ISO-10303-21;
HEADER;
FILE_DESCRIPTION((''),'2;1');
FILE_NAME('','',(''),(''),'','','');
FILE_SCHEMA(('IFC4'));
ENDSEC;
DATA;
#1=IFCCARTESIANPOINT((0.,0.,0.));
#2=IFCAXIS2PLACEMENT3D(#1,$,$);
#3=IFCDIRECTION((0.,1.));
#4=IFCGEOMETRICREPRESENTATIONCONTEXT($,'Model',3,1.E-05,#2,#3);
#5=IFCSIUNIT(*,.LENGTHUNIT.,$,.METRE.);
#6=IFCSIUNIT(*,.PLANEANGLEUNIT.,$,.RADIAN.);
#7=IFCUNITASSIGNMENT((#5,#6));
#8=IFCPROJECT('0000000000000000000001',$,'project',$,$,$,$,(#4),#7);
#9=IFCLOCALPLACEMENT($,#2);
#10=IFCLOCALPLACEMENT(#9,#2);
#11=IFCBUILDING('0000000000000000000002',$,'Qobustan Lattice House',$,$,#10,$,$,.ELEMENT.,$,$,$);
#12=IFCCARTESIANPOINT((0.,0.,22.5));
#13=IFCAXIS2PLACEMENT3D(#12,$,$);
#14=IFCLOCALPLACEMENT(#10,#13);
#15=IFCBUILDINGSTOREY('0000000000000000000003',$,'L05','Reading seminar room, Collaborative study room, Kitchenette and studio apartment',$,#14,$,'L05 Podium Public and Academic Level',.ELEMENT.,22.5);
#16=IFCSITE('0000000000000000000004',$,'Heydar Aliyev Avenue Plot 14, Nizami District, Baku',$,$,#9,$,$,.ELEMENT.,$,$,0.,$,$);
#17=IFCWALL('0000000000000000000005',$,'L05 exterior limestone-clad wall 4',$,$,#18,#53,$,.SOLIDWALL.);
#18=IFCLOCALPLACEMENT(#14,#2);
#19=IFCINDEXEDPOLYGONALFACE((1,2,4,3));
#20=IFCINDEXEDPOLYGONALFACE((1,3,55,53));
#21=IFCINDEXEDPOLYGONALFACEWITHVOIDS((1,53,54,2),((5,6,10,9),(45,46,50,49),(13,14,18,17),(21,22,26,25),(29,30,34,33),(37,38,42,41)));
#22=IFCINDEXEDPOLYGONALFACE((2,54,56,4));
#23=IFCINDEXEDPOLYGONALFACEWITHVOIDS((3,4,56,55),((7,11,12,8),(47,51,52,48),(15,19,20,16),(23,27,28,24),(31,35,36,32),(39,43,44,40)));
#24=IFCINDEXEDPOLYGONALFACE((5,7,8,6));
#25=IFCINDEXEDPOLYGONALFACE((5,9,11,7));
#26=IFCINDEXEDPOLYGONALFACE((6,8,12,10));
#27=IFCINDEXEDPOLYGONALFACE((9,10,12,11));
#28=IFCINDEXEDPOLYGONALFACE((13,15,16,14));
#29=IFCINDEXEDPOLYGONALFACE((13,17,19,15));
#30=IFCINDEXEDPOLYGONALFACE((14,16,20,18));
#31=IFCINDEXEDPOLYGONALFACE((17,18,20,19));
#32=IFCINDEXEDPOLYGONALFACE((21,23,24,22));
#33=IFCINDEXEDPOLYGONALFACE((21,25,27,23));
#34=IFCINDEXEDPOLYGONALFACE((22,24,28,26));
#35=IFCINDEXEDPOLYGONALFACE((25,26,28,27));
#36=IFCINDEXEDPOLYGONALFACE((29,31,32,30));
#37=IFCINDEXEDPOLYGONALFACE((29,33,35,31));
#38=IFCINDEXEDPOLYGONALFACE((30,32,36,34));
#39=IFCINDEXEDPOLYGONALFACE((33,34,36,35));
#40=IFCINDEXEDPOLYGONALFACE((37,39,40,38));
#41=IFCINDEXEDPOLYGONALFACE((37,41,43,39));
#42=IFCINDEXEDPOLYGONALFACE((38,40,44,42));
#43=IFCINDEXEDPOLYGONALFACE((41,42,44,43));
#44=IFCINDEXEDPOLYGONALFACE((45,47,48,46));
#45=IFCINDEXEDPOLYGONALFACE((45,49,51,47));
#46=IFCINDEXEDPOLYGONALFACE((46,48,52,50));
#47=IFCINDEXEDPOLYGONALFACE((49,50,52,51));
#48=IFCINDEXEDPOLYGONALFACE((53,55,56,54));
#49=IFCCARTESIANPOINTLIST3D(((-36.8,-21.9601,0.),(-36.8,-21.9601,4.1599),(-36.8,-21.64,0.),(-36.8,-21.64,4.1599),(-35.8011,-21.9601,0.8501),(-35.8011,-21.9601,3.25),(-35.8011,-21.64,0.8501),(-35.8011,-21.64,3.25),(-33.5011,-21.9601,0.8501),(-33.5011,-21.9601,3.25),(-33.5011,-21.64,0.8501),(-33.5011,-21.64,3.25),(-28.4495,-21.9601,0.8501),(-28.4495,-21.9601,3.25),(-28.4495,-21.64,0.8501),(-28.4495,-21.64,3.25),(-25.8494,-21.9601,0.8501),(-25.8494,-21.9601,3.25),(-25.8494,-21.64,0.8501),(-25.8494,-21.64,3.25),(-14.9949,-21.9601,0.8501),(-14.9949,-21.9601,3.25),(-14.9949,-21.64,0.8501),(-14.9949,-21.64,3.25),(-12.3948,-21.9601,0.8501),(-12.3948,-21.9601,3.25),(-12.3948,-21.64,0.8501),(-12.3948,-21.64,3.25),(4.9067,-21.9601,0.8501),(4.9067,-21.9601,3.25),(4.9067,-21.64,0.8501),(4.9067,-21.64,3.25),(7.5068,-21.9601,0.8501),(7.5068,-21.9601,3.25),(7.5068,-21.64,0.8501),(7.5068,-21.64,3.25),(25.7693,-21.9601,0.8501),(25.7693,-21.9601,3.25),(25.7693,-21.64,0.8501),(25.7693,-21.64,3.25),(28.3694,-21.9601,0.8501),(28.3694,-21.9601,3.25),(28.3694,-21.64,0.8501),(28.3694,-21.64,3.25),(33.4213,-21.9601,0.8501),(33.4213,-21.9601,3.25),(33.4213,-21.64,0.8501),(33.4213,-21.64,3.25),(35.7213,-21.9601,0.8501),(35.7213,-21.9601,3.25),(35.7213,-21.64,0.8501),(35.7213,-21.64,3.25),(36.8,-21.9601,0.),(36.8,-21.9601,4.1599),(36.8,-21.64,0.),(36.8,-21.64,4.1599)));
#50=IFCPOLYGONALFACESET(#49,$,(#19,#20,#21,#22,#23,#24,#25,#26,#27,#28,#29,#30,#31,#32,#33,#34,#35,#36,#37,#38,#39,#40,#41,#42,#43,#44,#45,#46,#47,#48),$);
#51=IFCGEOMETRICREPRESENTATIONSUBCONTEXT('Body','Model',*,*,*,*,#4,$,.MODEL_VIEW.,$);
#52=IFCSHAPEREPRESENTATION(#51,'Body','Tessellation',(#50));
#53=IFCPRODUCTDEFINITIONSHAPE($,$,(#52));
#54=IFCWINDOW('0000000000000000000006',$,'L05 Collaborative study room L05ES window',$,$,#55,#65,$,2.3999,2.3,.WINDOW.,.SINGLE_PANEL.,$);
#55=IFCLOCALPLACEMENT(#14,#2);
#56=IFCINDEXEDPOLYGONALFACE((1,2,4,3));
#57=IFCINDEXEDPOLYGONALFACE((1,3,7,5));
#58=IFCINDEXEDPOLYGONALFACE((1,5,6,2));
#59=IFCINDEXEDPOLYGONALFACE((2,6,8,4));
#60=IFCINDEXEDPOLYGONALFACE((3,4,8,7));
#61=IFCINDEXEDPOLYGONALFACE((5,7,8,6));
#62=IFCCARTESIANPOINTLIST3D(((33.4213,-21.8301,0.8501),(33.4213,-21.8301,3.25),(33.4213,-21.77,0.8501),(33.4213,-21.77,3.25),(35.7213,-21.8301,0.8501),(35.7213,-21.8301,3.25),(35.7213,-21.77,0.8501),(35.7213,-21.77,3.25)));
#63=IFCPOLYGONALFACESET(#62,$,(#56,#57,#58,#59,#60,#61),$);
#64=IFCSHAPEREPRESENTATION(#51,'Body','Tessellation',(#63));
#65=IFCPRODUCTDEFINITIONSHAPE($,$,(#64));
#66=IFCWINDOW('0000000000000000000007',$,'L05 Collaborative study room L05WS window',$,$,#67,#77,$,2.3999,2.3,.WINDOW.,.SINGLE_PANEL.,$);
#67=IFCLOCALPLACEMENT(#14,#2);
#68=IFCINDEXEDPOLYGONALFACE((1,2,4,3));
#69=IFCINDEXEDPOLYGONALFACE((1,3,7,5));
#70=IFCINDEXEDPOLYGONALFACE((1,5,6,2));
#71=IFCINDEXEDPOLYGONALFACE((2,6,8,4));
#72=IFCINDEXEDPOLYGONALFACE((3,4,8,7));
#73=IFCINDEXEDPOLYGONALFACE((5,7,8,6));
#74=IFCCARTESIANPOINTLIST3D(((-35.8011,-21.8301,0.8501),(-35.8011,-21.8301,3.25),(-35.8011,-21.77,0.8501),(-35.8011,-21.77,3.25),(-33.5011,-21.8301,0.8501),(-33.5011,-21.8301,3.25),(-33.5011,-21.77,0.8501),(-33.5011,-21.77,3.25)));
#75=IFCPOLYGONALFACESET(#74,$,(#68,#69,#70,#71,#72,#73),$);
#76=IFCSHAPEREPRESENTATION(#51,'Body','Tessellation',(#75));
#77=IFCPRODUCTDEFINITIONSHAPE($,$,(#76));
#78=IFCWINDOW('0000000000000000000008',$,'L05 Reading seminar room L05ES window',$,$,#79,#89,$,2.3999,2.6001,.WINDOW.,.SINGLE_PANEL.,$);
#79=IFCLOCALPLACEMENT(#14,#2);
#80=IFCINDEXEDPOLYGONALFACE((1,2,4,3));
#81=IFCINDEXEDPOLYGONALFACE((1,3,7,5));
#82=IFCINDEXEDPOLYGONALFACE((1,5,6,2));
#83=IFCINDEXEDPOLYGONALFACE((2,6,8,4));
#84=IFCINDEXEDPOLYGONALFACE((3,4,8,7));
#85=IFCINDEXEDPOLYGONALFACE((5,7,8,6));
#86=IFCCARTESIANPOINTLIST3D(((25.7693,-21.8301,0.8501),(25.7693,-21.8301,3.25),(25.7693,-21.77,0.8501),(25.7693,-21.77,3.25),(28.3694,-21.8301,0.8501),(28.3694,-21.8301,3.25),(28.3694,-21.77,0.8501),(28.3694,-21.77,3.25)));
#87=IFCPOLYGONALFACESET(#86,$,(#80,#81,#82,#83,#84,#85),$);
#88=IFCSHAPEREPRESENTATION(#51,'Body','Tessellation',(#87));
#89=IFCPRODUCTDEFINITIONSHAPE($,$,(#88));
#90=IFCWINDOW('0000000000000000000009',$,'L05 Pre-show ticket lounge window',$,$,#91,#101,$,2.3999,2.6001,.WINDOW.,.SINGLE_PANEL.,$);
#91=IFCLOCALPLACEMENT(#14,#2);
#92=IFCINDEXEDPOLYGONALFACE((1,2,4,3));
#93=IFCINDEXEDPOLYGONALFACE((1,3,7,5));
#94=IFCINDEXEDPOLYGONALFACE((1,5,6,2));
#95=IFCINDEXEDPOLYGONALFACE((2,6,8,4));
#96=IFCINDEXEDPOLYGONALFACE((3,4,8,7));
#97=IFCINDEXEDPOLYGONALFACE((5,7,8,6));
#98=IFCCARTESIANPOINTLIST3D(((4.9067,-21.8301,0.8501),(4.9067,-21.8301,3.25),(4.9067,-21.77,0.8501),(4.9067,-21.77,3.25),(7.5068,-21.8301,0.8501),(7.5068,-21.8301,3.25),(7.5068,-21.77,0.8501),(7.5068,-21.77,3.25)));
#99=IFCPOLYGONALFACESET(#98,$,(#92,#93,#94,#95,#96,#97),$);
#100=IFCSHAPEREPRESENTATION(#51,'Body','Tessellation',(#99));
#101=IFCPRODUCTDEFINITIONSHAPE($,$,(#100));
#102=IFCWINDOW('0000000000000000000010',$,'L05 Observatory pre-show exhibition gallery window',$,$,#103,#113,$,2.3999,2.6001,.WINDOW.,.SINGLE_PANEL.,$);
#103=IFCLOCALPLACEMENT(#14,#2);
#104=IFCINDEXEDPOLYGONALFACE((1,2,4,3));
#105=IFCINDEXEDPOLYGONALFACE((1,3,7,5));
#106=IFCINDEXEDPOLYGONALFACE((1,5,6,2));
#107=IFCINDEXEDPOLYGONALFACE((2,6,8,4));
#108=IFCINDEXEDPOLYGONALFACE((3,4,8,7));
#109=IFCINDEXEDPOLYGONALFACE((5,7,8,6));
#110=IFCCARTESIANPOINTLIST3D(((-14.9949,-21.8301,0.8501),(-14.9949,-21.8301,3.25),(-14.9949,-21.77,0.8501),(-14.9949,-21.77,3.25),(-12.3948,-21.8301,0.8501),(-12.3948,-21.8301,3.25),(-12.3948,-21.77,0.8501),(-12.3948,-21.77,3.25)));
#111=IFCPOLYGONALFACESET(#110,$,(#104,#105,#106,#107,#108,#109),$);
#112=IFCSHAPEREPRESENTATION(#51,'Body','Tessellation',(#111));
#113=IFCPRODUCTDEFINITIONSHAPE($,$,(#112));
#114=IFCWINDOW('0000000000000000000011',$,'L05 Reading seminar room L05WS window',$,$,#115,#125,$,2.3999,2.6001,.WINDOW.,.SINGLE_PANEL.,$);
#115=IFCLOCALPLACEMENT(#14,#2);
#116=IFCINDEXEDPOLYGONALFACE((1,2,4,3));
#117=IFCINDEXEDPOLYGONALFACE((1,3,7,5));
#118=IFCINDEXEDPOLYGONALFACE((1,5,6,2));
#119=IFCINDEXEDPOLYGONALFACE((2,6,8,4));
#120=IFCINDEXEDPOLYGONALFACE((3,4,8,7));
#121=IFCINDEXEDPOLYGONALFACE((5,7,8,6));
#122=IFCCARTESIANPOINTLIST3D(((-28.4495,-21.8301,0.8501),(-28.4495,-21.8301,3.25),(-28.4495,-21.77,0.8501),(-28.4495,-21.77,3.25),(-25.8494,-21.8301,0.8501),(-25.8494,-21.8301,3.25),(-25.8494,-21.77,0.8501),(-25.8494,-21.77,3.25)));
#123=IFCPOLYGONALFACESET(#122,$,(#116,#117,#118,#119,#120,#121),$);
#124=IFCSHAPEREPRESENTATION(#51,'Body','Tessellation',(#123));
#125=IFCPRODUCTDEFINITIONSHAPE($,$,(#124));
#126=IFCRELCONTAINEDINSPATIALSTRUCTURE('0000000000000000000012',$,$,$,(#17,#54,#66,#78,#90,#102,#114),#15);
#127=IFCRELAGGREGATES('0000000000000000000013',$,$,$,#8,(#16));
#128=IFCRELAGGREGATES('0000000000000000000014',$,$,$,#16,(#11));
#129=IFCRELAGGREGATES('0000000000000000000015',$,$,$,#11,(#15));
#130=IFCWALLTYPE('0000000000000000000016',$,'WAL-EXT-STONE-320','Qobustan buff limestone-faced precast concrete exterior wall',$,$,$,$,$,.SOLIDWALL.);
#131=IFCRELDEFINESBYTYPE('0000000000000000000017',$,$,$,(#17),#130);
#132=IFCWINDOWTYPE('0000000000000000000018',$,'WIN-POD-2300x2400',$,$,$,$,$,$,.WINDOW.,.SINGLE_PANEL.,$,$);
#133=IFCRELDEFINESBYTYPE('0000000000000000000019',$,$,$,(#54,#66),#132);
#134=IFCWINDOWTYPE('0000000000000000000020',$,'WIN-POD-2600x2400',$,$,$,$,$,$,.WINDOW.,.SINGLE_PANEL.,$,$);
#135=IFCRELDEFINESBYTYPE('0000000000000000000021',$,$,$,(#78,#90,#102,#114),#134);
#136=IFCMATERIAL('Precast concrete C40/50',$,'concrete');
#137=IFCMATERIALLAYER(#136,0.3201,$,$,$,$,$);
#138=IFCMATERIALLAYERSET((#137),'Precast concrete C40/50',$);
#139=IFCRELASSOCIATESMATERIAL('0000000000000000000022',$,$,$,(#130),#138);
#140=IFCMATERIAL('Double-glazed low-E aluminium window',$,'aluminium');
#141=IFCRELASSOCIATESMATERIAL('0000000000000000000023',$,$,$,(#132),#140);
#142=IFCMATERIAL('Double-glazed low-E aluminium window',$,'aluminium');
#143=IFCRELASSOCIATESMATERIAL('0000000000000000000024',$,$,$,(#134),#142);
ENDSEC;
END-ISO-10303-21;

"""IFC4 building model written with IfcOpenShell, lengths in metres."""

from ifc_helpers import new_model, si_unit, direction, frame, frame_2d, origin, place, context, subcontext, project, spatial, rectangle, extrude, material, layer, layer_set, type_object, element, fill, save


model = new_model("IFC4")

# Units and contexts
model_context = context("Model", 3, precision=1e-05, world=origin(), true_north=direction((0.0, 1.0)))
body_context = subcontext(model_context, "Body", "Model", "MODEL_VIEW")
ifc_project = project(units=[si_unit("LENGTHUNIT", "METRE"), si_unit("PLANEANGLEUNIT", "RADIAN")], contexts=[model_context])

# Site, building, storey
site_placement = place(None, origin())
site = spatial("IfcSite", under=ifc_project, at=site_placement, Name="Heydar Aliyev Avenue Plot 14, Nizami District, Baku", CompositionType="ELEMENT", RefElevation=0.0)
building_placement = place(site_placement, origin())
building = spatial("IfcBuilding", under=site, at=building_placement, Name="Qobustan Lattice House", CompositionType="ELEMENT")
storey_placement = place(building_placement, frame((0.0, 0.0, 22.5)))
storey = spatial("IfcBuildingStorey", under=building, at=storey_placement, Name="L05", Description="Reading seminar room, Collaborative study room, Kitchenette and studio apartment", LongName="L05 Podium Public and Academic Level", CompositionType="ELEMENT", Elevation=22.5)

# Wall, openings, windows
ifc_material_1 = material(Name="Precast concrete C40/50", Category="concrete")
ifc_layer = layer(ifc_material_1, 0.3201)
ifc_layer_set = layer_set([ifc_layer], Name="Precast concrete C40/50")
wall_type = type_object("IfcWallType", Name="WAL-EXT-STONE-320", Description="Qobustan buff limestone-faced precast concrete exterior wall", PredefinedType="SOLIDWALL", material=ifc_layer_set)
wall_placement = place(storey_placement, frame((36.8, -21.8, 0.0), z_axis=(0.0, 0.0, 1.0), x_axis=(-1.0, 0.0, 0.0)))
wall = element("IfcWall", 1, at=wall_placement, inside=storey, type_object=wall_type, Name="L05 exterior limestone-clad wall 4", PredefinedType="SOLIDWALL", context=body_context, shape_type="SweptSolid", body=[
    extrude(rectangle(XDim=73.6001, YDim=0.3201, at=frame_2d((36.8, 0.0))), origin(), (0.0, 0.0, 1.0), 4.1599),
])
opening_1_placement = place(wall_placement, frame((1.0789, 0.0, 0.8501)))
opening_1 = element("IfcOpeningElement", 2, at=opening_1_placement, cuts=wall, PredefinedType="OPENING", context=body_context, shape_type="SweptSolid", body=[
    extrude(rectangle(XDim=2.3, YDim=2.3999, at=frame_2d((1.1499, 1.2))), frame((0.0, 0.1699, 0.0), z_axis=(0.0, -1.0, 0.0), x_axis=(1.0, 0.0, 0.0)), (0.0, 0.0, 1.0), 0.3401),
])
opening_2_placement = place(wall_placement, frame((8.4307, 0.0, 0.8501)))
opening_2 = element("IfcOpeningElement", 3, at=opening_2_placement, cuts=wall, PredefinedType="OPENING", context=body_context, shape_type="SweptSolid", body=[
    extrude(rectangle(XDim=2.6001, YDim=2.3999, at=frame_2d((1.3, 1.2))), frame((0.0, 0.1699, 0.0), z_axis=(0.0, -1.0, 0.0), x_axis=(1.0, 0.0, 0.0)), (0.0, 0.0, 1.0), 0.3401),
])
opening_3_placement = place(wall_placement, frame((29.2932, 0.0, 0.8501)))
opening_3 = element("IfcOpeningElement", 4, at=opening_3_placement, cuts=wall, PredefinedType="OPENING", context=body_context, shape_type="SweptSolid", body=[
    extrude(rectangle(XDim=2.6001, YDim=2.3999, at=frame_2d((1.3, 1.2))), frame((0.0, 0.1699, 0.0), z_axis=(0.0, -1.0, 0.0), x_axis=(1.0, 0.0, 0.0)), (0.0, 0.0, 1.0), 0.3401),
])
opening_4_placement = place(wall_placement, frame((49.1948, 0.0, 0.8501)))
opening_4 = element("IfcOpeningElement", 5, at=opening_4_placement, cuts=wall, PredefinedType="OPENING", context=body_context, shape_type="SweptSolid", body=[
    extrude(rectangle(XDim=2.6001, YDim=2.3999, at=frame_2d((1.3, 1.2))), frame((0.0, 0.1699, 0.0), z_axis=(0.0, -1.0, 0.0), x_axis=(1.0, 0.0, 0.0)), (0.0, 0.0, 1.0), 0.3401),
])
opening_5_placement = place(wall_placement, frame((62.6494, 0.0, 0.8501)))
opening_5 = element("IfcOpeningElement", 6, at=opening_5_placement, cuts=wall, PredefinedType="OPENING", context=body_context, shape_type="SweptSolid", body=[
    extrude(rectangle(XDim=2.6001, YDim=2.3999, at=frame_2d((1.3, 1.2))), frame((0.0, 0.1699, 0.0), z_axis=(0.0, -1.0, 0.0), x_axis=(1.0, 0.0, 0.0)), (0.0, 0.0, 1.0), 0.3401),
])
opening_6_placement = place(wall_placement, frame((70.3013, 0.0, 0.8501)))
opening_6 = element("IfcOpeningElement", 7, at=opening_6_placement, cuts=wall, PredefinedType="OPENING", context=body_context, shape_type="SweptSolid", body=[
    extrude(rectangle(XDim=2.3, YDim=2.3999, at=frame_2d((1.1499, 1.2))), frame((0.0, 0.1699, 0.0), z_axis=(0.0, -1.0, 0.0), x_axis=(1.0, 0.0, 0.0)), (0.0, 0.0, 1.0), 0.3401),
])
ifc_material_2 = material(Name="Double-glazed low-E aluminium window", Category="aluminium")
window_type_1 = type_object("IfcWindowType", Name="WIN-POD-2300x2400", PartitioningType="SINGLE_PANEL", PredefinedType="WINDOW", material=ifc_material_2)
window_1_placement = place(opening_1_placement, origin())
window_1 = element("IfcWindow", 8, at=window_1_placement, inside=storey, type_object=window_type_1, Name="L05 Collaborative study room L05ES window", OverallHeight=2.3999, OverallWidth=2.3, PartitioningType="SINGLE_PANEL", PredefinedType="WINDOW", context=body_context, shape_type="SweptSolid", body=[
    extrude(rectangle(XDim=2.3, YDim=2.3999, at=frame_2d((1.1499, 1.2))), frame((0.0, 0.03, 0.0), z_axis=(0.0, -1.0, 0.0), x_axis=(1.0, 0.0, 0.0)), (0.0, 0.0, 1.0), 0.0601),
])
fill(opening_1, window_1)
window_2_placement = place(opening_6_placement, origin())
window_2 = element("IfcWindow", 9, at=window_2_placement, inside=storey, type_object=window_type_1, Name="L05 Collaborative study room L05WS window", OverallHeight=2.3999, OverallWidth=2.3, PartitioningType="SINGLE_PANEL", PredefinedType="WINDOW", context=body_context, shape_type="SweptSolid", body=[
    extrude(rectangle(XDim=2.3, YDim=2.3999, at=frame_2d((1.1499, 1.2))), frame((0.0, 0.03, 0.0), z_axis=(0.0, -1.0, 0.0), x_axis=(1.0, 0.0, 0.0)), (0.0, 0.0, 1.0), 0.0601),
])
fill(opening_6, window_2)
ifc_material_3 = material(Name="Double-glazed low-E aluminium window", Category="aluminium")
window_type_2 = type_object("IfcWindowType", Name="WIN-POD-2600x2400", PartitioningType="SINGLE_PANEL", PredefinedType="WINDOW", material=ifc_material_3)
window_3_placement = place(opening_2_placement, origin())
window_3 = element("IfcWindow", 10, at=window_3_placement, inside=storey, type_object=window_type_2, Name="L05 Reading seminar room L05ES window", OverallHeight=2.3999, OverallWidth=2.6001, PartitioningType="SINGLE_PANEL", PredefinedType="WINDOW", context=body_context, shape_type="SweptSolid", body=[
    extrude(rectangle(XDim=2.6001, YDim=2.3999, at=frame_2d((1.3, 1.2))), frame((0.0, 0.03, 0.0), z_axis=(0.0, -1.0, 0.0), x_axis=(1.0, 0.0, 0.0)), (0.0, 0.0, 1.0), 0.0601),
])
fill(opening_2, window_3)
window_4_placement = place(opening_3_placement, origin())
window_4 = element("IfcWindow", 11, at=window_4_placement, inside=storey, type_object=window_type_2, Name="L05 Pre-show ticket lounge window", OverallHeight=2.3999, OverallWidth=2.6001, PartitioningType="SINGLE_PANEL", PredefinedType="WINDOW", context=body_context, shape_type="SweptSolid", body=[
    extrude(rectangle(XDim=2.6001, YDim=2.3999, at=frame_2d((1.3, 1.2))), frame((0.0, 0.03, 0.0), z_axis=(0.0, -1.0, 0.0), x_axis=(1.0, 0.0, 0.0)), (0.0, 0.0, 1.0), 0.0601),
])
fill(opening_3, window_4)
window_5_placement = place(opening_4_placement, origin())
window_5 = element("IfcWindow", 12, at=window_5_placement, inside=storey, type_object=window_type_2, Name="L05 Observatory pre-show exhibition gallery window", OverallHeight=2.3999, OverallWidth=2.6001, PartitioningType="SINGLE_PANEL", PredefinedType="WINDOW", context=body_context, shape_type="SweptSolid", body=[
    extrude(rectangle(XDim=2.6001, YDim=2.3999, at=frame_2d((1.3, 1.2))), frame((0.0, 0.03, 0.0), z_axis=(0.0, -1.0, 0.0), x_axis=(1.0, 0.0, 0.0)), (0.0, 0.0, 1.0), 0.0601),
])
fill(opening_4, window_5)
window_6_placement = place(opening_5_placement, origin())
window_6 = element("IfcWindow", 13, at=window_6_placement, inside=storey, type_object=window_type_2, Name="L05 Reading seminar room L05WS window", OverallHeight=2.3999, OverallWidth=2.6001, PartitioningType="SINGLE_PANEL", PredefinedType="WINDOW", context=body_context, shape_type="SweptSolid", body=[
    extrude(rectangle(XDim=2.6001, YDim=2.3999, at=frame_2d((1.3, 1.2))), frame((0.0, 0.03, 0.0), z_axis=(0.0, -1.0, 0.0), x_axis=(1.0, 0.0, 0.0)), (0.0, 0.0, 1.0), 0.0601),
])
fill(opening_5, window_6)

save(model, "model.ifc")
